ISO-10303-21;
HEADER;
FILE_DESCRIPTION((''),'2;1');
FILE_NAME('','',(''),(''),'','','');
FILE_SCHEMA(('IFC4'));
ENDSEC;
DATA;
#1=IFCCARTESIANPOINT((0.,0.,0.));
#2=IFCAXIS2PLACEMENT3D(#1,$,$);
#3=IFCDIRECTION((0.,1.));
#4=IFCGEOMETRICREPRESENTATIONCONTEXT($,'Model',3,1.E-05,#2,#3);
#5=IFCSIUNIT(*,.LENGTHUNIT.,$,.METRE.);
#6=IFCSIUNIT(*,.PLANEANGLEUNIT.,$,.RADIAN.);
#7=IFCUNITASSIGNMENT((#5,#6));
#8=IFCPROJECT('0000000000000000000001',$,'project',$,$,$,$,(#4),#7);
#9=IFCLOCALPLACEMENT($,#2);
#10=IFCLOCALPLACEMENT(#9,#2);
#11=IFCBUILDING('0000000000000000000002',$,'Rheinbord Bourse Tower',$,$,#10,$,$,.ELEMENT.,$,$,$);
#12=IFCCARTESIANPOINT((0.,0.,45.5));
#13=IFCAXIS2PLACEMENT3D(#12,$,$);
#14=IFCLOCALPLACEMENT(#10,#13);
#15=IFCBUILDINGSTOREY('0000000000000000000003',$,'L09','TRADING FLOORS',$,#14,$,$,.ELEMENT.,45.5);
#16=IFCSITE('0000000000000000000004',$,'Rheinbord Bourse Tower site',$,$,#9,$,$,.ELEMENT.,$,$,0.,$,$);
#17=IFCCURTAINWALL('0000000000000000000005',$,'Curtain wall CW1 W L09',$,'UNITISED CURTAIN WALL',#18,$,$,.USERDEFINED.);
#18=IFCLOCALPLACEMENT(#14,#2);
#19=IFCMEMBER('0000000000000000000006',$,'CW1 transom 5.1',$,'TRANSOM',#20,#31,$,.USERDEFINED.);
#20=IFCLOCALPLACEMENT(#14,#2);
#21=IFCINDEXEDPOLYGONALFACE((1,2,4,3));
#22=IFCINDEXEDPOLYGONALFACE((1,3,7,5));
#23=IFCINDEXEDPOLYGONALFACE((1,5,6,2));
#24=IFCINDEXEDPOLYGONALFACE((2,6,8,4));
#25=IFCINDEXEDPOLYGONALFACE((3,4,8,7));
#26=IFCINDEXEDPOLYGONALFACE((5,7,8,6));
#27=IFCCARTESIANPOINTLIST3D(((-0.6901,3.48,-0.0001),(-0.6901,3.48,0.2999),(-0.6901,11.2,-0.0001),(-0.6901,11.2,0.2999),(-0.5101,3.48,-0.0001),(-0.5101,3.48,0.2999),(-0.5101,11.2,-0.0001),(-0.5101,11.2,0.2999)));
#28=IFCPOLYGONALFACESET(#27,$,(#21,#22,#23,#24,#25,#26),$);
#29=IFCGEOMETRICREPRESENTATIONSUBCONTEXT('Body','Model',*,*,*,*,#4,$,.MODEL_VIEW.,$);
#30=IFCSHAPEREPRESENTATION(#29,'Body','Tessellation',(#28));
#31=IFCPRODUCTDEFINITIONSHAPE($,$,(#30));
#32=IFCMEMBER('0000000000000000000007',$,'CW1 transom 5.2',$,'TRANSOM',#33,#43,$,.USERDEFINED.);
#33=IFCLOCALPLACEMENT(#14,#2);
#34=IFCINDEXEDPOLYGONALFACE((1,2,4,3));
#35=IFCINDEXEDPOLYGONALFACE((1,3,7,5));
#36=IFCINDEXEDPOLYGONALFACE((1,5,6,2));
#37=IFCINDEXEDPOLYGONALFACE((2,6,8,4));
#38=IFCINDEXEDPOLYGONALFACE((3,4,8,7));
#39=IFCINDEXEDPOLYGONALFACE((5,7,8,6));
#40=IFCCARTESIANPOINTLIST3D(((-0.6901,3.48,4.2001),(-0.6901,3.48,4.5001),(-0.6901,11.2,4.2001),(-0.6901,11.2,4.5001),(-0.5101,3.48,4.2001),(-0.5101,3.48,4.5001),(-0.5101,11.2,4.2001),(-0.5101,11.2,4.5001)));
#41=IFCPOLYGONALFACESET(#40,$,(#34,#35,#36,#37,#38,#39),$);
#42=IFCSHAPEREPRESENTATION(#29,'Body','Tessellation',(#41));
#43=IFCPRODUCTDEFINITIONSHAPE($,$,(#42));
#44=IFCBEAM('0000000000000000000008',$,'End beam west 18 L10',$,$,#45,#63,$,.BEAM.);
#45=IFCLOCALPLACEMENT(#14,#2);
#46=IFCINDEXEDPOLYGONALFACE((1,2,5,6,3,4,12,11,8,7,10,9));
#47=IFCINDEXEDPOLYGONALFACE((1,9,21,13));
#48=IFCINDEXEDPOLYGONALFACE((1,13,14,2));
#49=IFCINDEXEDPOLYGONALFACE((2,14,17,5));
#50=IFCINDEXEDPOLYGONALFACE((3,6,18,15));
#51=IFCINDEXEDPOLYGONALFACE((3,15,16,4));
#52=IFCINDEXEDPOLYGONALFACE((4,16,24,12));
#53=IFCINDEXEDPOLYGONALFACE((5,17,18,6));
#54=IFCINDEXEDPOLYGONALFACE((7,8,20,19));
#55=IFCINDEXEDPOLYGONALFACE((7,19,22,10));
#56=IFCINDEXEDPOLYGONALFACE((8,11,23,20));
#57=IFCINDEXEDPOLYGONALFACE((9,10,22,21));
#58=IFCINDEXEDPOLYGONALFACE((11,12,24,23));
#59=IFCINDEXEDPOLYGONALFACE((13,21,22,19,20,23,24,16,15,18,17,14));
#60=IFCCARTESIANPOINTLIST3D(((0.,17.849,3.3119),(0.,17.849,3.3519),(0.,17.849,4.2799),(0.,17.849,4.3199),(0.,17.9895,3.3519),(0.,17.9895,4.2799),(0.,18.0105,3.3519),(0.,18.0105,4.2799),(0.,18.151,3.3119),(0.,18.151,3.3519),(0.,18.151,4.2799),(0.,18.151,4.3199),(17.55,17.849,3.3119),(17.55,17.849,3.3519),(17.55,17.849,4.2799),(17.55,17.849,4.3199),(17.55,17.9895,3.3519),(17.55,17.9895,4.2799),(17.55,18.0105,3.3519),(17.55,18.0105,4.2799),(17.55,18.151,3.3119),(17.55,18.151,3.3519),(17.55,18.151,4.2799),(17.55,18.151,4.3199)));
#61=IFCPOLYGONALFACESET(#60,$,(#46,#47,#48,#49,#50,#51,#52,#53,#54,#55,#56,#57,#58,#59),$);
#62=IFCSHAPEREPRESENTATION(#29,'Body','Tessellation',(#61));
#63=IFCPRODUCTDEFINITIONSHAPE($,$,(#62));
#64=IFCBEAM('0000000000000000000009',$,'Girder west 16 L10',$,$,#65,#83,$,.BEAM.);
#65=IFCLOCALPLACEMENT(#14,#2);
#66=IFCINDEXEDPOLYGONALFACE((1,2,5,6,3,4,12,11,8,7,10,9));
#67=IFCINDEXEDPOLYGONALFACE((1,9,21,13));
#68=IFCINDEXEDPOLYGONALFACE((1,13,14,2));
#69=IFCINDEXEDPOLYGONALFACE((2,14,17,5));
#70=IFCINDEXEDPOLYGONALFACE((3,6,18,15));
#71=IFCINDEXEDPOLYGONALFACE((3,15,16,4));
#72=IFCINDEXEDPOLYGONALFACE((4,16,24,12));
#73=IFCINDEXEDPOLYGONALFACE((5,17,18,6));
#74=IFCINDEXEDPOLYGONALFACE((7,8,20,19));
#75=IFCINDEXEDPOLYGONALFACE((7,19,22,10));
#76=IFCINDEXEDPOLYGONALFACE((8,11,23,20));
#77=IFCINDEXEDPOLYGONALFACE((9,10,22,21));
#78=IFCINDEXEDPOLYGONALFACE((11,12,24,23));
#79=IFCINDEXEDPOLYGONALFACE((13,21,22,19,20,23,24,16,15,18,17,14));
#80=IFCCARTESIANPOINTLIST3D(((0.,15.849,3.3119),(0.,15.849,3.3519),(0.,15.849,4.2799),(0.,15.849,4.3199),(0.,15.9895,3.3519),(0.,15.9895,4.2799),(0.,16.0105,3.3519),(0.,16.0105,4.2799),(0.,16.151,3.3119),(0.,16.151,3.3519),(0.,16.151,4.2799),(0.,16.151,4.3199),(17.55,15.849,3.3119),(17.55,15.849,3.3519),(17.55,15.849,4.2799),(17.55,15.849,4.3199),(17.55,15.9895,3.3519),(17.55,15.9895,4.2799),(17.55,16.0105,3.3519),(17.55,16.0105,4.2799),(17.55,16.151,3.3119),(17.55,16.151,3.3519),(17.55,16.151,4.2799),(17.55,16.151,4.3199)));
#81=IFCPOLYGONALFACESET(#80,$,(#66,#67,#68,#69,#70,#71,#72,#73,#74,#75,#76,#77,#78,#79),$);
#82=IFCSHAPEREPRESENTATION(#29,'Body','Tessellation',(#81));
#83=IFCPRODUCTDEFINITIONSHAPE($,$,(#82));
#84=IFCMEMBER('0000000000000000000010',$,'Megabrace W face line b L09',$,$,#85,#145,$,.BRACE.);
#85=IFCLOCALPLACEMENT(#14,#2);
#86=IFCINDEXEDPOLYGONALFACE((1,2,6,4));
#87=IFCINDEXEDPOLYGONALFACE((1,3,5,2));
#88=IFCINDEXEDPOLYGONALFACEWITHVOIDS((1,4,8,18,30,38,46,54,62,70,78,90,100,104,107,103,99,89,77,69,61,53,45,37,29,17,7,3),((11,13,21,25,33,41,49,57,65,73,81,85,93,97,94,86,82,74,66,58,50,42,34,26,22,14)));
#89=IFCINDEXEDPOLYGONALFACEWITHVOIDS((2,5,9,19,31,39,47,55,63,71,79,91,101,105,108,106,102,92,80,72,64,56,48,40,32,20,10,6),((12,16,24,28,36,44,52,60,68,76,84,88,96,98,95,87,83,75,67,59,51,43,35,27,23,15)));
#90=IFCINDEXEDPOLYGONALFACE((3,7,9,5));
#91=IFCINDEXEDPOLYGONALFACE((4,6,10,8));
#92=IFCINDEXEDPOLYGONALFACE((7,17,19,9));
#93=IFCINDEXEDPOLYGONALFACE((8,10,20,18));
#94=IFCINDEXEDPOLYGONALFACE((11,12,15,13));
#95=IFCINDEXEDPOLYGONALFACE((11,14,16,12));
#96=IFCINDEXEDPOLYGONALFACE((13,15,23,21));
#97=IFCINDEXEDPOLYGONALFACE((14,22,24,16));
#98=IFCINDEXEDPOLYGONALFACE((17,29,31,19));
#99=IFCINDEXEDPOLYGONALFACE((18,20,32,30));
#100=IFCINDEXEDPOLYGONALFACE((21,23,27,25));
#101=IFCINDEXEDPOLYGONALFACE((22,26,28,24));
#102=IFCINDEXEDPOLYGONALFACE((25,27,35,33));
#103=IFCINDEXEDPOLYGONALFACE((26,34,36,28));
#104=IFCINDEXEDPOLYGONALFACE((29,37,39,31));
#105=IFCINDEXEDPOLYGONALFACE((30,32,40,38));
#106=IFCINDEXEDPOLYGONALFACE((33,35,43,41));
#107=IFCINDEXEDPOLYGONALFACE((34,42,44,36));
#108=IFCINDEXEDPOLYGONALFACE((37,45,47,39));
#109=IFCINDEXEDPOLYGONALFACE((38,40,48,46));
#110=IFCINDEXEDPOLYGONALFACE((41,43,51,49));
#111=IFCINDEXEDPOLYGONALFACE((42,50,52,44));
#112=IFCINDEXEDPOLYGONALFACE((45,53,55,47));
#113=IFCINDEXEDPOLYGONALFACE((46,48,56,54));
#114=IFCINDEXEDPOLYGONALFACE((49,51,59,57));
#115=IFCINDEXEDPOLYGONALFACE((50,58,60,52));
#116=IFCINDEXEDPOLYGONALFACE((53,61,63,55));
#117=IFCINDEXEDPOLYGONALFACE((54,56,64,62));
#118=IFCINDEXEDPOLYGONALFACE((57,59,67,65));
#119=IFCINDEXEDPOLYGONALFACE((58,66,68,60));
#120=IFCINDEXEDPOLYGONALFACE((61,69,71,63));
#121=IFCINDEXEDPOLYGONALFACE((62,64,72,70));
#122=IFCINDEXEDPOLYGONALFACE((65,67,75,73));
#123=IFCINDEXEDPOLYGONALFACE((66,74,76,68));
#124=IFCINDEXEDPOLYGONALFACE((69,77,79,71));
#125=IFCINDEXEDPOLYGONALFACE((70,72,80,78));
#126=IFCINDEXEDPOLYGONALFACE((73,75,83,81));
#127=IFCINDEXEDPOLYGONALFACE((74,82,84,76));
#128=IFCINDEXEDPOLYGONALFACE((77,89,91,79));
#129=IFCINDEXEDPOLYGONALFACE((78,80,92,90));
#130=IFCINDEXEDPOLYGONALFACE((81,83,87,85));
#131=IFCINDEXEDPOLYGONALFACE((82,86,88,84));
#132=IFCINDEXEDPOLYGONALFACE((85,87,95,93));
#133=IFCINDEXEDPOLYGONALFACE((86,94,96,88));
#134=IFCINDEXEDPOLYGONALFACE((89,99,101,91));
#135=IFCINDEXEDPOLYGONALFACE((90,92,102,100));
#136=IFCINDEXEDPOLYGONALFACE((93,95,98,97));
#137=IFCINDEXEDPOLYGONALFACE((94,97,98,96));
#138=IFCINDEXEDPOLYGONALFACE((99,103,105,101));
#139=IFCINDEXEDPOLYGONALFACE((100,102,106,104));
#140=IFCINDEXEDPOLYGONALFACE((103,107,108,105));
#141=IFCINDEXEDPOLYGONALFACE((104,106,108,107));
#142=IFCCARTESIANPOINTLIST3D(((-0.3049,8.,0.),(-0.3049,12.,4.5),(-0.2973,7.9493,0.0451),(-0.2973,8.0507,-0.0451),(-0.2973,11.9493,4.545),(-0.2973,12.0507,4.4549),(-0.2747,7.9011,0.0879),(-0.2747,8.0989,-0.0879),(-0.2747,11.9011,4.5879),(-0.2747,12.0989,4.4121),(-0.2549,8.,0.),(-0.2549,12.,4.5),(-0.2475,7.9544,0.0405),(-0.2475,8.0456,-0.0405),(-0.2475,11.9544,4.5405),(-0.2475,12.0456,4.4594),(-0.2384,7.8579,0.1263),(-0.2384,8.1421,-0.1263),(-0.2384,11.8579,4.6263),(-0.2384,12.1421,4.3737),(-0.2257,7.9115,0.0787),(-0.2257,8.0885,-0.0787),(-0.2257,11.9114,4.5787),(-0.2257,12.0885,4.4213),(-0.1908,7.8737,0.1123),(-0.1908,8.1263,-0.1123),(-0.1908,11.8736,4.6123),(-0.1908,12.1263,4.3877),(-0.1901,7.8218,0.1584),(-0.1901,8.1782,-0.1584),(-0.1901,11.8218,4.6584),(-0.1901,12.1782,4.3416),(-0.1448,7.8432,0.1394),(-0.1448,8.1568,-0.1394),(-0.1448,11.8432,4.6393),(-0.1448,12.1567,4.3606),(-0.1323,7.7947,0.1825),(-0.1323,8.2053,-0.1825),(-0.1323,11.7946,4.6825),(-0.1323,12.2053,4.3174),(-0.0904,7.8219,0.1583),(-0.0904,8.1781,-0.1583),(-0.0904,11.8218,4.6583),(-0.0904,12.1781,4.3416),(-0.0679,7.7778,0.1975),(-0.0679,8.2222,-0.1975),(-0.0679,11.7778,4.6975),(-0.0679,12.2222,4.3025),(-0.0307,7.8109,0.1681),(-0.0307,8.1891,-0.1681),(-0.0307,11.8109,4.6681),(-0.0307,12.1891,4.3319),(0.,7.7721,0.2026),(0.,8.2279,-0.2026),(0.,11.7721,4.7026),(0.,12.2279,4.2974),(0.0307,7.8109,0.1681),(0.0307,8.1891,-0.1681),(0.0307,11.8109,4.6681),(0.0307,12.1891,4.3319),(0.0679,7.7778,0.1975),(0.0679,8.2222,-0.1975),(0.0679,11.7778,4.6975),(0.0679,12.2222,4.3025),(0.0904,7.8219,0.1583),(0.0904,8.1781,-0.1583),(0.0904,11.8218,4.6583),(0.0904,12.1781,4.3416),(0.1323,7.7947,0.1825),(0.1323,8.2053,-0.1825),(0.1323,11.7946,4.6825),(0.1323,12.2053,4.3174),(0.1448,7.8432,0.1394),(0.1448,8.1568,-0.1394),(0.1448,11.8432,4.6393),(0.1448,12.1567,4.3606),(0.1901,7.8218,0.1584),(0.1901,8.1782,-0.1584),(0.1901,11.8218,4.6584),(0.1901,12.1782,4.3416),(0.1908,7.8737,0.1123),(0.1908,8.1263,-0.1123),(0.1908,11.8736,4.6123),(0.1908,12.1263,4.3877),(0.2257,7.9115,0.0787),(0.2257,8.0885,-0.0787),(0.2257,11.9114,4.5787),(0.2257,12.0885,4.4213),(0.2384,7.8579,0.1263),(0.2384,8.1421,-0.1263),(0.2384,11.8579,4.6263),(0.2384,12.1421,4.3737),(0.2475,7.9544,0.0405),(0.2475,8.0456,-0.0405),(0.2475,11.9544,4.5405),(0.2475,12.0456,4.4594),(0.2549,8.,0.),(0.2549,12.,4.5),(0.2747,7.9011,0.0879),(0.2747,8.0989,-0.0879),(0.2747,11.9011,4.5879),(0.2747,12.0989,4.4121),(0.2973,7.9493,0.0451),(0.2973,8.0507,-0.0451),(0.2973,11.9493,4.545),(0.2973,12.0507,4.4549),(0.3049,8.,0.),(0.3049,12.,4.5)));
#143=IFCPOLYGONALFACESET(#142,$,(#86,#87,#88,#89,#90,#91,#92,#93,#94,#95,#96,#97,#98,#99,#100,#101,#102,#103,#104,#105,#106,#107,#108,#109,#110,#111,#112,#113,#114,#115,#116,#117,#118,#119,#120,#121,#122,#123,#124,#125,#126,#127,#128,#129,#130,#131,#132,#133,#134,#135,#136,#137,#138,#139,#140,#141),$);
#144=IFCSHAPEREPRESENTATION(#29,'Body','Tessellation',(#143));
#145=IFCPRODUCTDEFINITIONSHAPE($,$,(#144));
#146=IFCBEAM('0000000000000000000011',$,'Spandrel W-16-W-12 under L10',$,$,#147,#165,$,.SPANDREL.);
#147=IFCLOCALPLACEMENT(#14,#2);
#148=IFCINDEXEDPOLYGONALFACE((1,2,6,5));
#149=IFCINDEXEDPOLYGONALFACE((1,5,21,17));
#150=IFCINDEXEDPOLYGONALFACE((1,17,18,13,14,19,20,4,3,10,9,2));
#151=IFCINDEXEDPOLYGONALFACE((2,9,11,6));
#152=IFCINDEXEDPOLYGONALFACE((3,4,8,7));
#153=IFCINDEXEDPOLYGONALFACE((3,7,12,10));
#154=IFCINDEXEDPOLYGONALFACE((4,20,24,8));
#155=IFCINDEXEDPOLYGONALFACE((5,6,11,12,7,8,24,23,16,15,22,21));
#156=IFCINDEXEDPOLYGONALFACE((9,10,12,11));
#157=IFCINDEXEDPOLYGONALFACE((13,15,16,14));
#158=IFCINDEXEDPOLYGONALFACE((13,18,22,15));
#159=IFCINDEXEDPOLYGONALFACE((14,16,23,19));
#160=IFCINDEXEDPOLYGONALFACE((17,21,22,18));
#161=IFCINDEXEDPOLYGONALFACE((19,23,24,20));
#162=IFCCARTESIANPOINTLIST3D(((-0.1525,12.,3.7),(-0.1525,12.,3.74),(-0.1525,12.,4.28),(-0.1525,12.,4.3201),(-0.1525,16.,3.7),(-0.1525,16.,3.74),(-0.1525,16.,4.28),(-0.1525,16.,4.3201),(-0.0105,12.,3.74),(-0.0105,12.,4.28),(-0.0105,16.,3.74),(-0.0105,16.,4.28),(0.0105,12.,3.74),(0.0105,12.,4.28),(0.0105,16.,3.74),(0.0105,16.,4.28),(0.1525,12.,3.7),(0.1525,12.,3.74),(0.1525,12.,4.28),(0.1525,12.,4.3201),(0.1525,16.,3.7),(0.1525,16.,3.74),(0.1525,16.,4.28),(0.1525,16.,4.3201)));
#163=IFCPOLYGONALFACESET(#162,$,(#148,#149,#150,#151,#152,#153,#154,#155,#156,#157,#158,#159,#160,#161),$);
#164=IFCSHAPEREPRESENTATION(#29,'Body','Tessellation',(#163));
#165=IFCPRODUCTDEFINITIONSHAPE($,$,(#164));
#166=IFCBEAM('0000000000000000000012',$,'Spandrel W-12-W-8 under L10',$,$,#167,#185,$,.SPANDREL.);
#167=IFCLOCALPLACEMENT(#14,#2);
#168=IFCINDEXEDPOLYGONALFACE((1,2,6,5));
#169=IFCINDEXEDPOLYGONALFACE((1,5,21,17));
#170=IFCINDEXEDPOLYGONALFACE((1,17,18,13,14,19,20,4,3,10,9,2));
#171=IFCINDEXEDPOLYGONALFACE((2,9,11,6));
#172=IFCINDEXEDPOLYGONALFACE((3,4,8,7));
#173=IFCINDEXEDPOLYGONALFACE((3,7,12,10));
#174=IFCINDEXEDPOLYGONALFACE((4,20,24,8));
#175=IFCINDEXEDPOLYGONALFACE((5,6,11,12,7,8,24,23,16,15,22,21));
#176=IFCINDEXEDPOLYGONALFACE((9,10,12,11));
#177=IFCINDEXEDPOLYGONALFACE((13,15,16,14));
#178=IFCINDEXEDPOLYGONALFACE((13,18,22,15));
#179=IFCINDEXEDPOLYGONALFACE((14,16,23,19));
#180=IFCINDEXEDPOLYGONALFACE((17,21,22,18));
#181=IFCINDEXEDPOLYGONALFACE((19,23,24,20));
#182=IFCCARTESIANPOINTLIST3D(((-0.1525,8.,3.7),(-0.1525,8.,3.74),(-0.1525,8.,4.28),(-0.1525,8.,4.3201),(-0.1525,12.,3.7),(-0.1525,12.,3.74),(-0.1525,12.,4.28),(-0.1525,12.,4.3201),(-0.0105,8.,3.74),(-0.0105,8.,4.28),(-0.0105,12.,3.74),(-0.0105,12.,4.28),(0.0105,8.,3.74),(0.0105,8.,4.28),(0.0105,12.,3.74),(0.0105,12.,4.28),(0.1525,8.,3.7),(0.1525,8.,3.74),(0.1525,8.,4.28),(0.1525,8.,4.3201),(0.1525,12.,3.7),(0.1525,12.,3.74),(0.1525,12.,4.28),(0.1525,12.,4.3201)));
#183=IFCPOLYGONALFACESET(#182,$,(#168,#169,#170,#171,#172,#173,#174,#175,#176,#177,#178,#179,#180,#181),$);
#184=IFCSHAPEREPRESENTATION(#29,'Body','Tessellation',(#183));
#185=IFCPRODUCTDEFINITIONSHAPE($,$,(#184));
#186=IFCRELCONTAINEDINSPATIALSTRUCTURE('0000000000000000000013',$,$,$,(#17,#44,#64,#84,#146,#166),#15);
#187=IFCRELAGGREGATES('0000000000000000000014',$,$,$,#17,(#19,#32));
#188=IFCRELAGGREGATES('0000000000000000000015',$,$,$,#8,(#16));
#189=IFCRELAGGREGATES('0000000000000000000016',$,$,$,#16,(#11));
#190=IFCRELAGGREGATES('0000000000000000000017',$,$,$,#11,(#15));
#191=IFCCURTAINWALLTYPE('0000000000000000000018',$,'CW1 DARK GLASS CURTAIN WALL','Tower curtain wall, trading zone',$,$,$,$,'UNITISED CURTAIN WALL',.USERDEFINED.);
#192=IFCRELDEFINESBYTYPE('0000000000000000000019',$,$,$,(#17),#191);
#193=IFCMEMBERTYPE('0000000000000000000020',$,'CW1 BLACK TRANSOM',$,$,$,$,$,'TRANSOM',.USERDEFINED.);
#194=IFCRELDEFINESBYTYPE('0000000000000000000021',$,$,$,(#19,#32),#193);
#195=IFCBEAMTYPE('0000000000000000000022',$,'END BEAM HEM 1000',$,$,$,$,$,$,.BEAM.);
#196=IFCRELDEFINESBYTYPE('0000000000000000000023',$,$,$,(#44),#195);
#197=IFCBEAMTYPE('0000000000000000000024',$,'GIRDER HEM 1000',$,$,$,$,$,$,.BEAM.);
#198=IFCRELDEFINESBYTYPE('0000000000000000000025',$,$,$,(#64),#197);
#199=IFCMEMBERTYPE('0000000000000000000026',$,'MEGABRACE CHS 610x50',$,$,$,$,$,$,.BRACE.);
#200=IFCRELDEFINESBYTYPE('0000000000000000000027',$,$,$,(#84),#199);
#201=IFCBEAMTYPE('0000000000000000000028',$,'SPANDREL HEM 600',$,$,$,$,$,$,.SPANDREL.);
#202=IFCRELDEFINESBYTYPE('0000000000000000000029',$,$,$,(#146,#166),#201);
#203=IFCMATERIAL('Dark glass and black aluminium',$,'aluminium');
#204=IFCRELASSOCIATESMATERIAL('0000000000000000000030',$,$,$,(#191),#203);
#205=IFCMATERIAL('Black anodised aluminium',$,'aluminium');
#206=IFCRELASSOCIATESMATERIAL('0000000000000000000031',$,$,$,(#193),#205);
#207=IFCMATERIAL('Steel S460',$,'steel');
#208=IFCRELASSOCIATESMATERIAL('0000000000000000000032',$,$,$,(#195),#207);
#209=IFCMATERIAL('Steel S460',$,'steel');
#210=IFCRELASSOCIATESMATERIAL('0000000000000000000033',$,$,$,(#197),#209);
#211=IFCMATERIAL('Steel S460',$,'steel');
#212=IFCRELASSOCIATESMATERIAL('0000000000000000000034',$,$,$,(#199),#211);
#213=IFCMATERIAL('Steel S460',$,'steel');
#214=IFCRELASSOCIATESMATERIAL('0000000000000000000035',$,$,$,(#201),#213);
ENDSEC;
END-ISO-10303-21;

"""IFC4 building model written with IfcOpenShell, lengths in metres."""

from ifc_helpers import new_model, si_unit, direction, frame, origin, origin_2d, place, context, subcontext, project, spatial, rectangle, hollow_circle, i_section, extrude, material, material_profile, profile_set, type_object, element, aggregate, save


model = new_model("IFC4")

# Units and contexts
model_context = context("Model", 3, precision=1e-05, world=origin(), true_north=direction((0.0, 1.0)))
body_context = subcontext(model_context, "Body", "Model", "MODEL_VIEW")
ifc_project = project(units=[si_unit("LENGTHUNIT", "METRE"), si_unit("PLANEANGLEUNIT", "RADIAN")], contexts=[model_context])

# Site, building, storey
site_placement = place(None, origin())
site = spatial("IfcSite", under=ifc_project, at=site_placement, Name="Rheinbord Bourse Tower site", CompositionType="ELEMENT", RefElevation=0.0)
building_placement = place(site_placement, origin())
building = spatial("IfcBuilding", under=site, at=building_placement, Name="Rheinbord Bourse Tower", CompositionType="ELEMENT")
storey_placement = place(building_placement, frame((0.0, 0.0, 45.5)))
storey = spatial("IfcBuildingStorey", under=building, at=storey_placement, Name="L09", Description="TRADING FLOORS", CompositionType="ELEMENT", Elevation=45.5)

# Curtain wall, members
ifc_material_1 = material(Name="Dark glass and black aluminium", Category="aluminium")
curtain_wall_type = type_object("IfcCurtainWallType", Name="CW1 DARK GLASS CURTAIN WALL", Description="Tower curtain wall, trading zone", ElementType="UNITISED CURTAIN WALL", PredefinedType="USERDEFINED", material=ifc_material_1)
curtain_wall_placement = place(storey_placement, origin())
curtain_wall = element("IfcCurtainWall", 1, at=curtain_wall_placement, inside=storey, type_object=curtain_wall_type, Name="Curtain wall CW1 W L09", ObjectType="UNITISED CURTAIN WALL", PredefinedType="USERDEFINED")
ifc_material_2 = material(Name="Black anodised aluminium", Category="aluminium")
ifc_material_profile_1 = material_profile(ifc_material_2, rectangle(XDim=0.1799, YDim=0.3, at=origin_2d()), Name="CW1 TRANSOM 300x180")
ifc_profile_set_1 = profile_set([ifc_material_profile_1], Name="Black anodised aluminium")
member_type_1 = type_object("IfcMemberType", Name="CW1 BLACK TRANSOM", ElementType="TRANSOM", PredefinedType="USERDEFINED", material=ifc_profile_set_1)
member_1_placement = place(storey_placement, frame((-0.6001, 11.2, 0.1499), z_axis=(0.0, -1.0, 0.0), x_axis=(1.0, 0.0, 0.0)))
member_1 = element("IfcMember", 2, at=member_1_placement, type_object=member_type_1, Name="CW1 transom 5.1", ObjectType="TRANSOM", PredefinedType="USERDEFINED", context=body_context, shape_type="SweptSolid", body=[
    extrude(rectangle(XDim=0.1799, YDim=0.3, at=origin_2d()), origin(), (0.0, 0.0, 1.0), 7.72),
])
member_2_placement = place(storey_placement, frame((-0.6001, 11.2, 4.3501), z_axis=(0.0, -1.0, 0.0), x_axis=(1.0, 0.0, 0.0)))
member_2 = element("IfcMember", 3, at=member_2_placement, type_object=member_type_1, Name="CW1 transom 5.2", ObjectType="TRANSOM", PredefinedType="USERDEFINED", context=body_context, shape_type="SweptSolid", body=[
    extrude(rectangle(XDim=0.1799, YDim=0.3, at=origin_2d()), origin(), (0.0, 0.0, 1.0), 7.72),
])

# Beams
ifc_material_3 = material(Name="Steel S460", Category="steel")
ifc_material_profile_2 = material_profile(ifc_material_3, i_section(OverallWidth=0.302, OverallDepth=1.0081, WebThickness=0.021, FlangeThickness=0.04, at=origin_2d()), Name="HEM 1000")
ifc_profile_set_2 = profile_set([ifc_material_profile_2], Name="Steel S460")
beam_type_1 = type_object("IfcBeamType", Name="END BEAM HEM 1000", PredefinedType="BEAM", material=ifc_profile_set_2)
beam_1_placement = place(storey_placement, frame((0.0, 18.0, 3.8159), z_axis=(1.0, 0.0, 0.0), x_axis=(0.0, 1.0, 0.0)))
element("IfcBeam", 4, at=beam_1_placement, inside=storey, type_object=beam_type_1, Name="End beam west 18 L10", PredefinedType="BEAM", context=body_context, shape_type="SweptSolid", body=[
    extrude(i_section(OverallWidth=0.302, OverallDepth=1.0081, WebThickness=0.021, FlangeThickness=0.04, at=origin_2d()), origin(), (0.0, 0.0, 1.0), 17.55),
])
ifc_material_4 = material(Name="Steel S460", Category="steel")
ifc_material_profile_3 = material_profile(ifc_material_4, i_section(OverallWidth=0.302, OverallDepth=1.0081, WebThickness=0.021, FlangeThickness=0.04, at=origin_2d()), Name="HEM 1000")
ifc_profile_set_3 = profile_set([ifc_material_profile_3], Name="Steel S460")
beam_type_2 = type_object("IfcBeamType", Name="GIRDER HEM 1000", PredefinedType="BEAM", material=ifc_profile_set_3)
beam_2_placement = place(storey_placement, frame((0.0, 16.0, 3.8159), z_axis=(1.0, 0.0, 0.0), x_axis=(0.0, 1.0, 0.0)))
element("IfcBeam", 5, at=beam_2_placement, inside=storey, type_object=beam_type_2, Name="Girder west 16 L10", PredefinedType="BEAM", context=body_context, shape_type="SweptSolid", body=[
    extrude(i_section(OverallWidth=0.302, OverallDepth=1.0081, WebThickness=0.021, FlangeThickness=0.04, at=origin_2d()), origin(), (0.0, 0.0, 1.0), 17.55),
])

# Member
ifc_material_5 = material(Name="Steel S460", Category="steel")
ifc_material_profile_4 = material_profile(ifc_material_5, hollow_circle(Radius=0.3049, WallThickness=0.05, at=origin_2d()), Name="CHS 610x50")
ifc_profile_set_4 = profile_set([ifc_material_profile_4], Name="Steel S460")
member_type_2 = type_object("IfcMemberType", Name="MEGABRACE CHS 610x50", PredefinedType="BRACE", material=ifc_profile_set_4)
member_3_placement = place(storey_placement, frame((0.0, 8.0, 0.0), z_axis=(0.0, 0.664364, 0.747409), x_axis=(-1.0, 0.0, 0.0)))
element("IfcMember", 6, at=member_3_placement, inside=storey, type_object=member_type_2, Name="Megabrace W face line b L09", PredefinedType="BRACE", context=body_context, shape_type="SweptSolid", body=[
    extrude(hollow_circle(Radius=0.3049, WallThickness=0.05, at=origin_2d()), origin(), (0.0, 0.0, 1.0), 6.0208),
])

# Beams
ifc_material_6 = material(Name="Steel S460", Category="steel")
ifc_material_profile_5 = material_profile(ifc_material_6, i_section(OverallWidth=0.3049, OverallDepth=0.6201, WebThickness=0.021, FlangeThickness=0.04, at=origin_2d()), Name="HEM 600")
ifc_profile_set_5 = profile_set([ifc_material_profile_5], Name="Steel S460")
beam_type_3 = type_object("IfcBeamType", Name="SPANDREL HEM 600", PredefinedType="SPANDREL", material=ifc_profile_set_5)
for number, where, z_axis, x_axis, name in (
    (7, (0.0, 16.0, 4.01), (0.0, -1.0, 0.0), (1.0, 0.0, 0.0), "Spandrel W-16-W-12 under L10"),
    (8, (0.0, 12.0, 4.01), (0.0, -1.0, 0.0), (1.0, 0.0, 0.0), "Spandrel W-12-W-8 under L10"),
):
    element("IfcBeam", number, at=place(storey_placement, frame(where, z_axis=z_axis, x_axis=x_axis)), inside=storey, type_object=beam_type_3, Name=name, PredefinedType="SPANDREL", context=body_context, shape_type="SweptSolid", body=[
        extrude(i_section(OverallWidth=0.3049, OverallDepth=0.6201, WebThickness=0.021, FlangeThickness=0.04, at=origin_2d()), origin(), (0.0, 0.0, 1.0), 4.0),
    ])

aggregate(curtain_wall, [member_1, member_2])

save(model, "model.ifc")
